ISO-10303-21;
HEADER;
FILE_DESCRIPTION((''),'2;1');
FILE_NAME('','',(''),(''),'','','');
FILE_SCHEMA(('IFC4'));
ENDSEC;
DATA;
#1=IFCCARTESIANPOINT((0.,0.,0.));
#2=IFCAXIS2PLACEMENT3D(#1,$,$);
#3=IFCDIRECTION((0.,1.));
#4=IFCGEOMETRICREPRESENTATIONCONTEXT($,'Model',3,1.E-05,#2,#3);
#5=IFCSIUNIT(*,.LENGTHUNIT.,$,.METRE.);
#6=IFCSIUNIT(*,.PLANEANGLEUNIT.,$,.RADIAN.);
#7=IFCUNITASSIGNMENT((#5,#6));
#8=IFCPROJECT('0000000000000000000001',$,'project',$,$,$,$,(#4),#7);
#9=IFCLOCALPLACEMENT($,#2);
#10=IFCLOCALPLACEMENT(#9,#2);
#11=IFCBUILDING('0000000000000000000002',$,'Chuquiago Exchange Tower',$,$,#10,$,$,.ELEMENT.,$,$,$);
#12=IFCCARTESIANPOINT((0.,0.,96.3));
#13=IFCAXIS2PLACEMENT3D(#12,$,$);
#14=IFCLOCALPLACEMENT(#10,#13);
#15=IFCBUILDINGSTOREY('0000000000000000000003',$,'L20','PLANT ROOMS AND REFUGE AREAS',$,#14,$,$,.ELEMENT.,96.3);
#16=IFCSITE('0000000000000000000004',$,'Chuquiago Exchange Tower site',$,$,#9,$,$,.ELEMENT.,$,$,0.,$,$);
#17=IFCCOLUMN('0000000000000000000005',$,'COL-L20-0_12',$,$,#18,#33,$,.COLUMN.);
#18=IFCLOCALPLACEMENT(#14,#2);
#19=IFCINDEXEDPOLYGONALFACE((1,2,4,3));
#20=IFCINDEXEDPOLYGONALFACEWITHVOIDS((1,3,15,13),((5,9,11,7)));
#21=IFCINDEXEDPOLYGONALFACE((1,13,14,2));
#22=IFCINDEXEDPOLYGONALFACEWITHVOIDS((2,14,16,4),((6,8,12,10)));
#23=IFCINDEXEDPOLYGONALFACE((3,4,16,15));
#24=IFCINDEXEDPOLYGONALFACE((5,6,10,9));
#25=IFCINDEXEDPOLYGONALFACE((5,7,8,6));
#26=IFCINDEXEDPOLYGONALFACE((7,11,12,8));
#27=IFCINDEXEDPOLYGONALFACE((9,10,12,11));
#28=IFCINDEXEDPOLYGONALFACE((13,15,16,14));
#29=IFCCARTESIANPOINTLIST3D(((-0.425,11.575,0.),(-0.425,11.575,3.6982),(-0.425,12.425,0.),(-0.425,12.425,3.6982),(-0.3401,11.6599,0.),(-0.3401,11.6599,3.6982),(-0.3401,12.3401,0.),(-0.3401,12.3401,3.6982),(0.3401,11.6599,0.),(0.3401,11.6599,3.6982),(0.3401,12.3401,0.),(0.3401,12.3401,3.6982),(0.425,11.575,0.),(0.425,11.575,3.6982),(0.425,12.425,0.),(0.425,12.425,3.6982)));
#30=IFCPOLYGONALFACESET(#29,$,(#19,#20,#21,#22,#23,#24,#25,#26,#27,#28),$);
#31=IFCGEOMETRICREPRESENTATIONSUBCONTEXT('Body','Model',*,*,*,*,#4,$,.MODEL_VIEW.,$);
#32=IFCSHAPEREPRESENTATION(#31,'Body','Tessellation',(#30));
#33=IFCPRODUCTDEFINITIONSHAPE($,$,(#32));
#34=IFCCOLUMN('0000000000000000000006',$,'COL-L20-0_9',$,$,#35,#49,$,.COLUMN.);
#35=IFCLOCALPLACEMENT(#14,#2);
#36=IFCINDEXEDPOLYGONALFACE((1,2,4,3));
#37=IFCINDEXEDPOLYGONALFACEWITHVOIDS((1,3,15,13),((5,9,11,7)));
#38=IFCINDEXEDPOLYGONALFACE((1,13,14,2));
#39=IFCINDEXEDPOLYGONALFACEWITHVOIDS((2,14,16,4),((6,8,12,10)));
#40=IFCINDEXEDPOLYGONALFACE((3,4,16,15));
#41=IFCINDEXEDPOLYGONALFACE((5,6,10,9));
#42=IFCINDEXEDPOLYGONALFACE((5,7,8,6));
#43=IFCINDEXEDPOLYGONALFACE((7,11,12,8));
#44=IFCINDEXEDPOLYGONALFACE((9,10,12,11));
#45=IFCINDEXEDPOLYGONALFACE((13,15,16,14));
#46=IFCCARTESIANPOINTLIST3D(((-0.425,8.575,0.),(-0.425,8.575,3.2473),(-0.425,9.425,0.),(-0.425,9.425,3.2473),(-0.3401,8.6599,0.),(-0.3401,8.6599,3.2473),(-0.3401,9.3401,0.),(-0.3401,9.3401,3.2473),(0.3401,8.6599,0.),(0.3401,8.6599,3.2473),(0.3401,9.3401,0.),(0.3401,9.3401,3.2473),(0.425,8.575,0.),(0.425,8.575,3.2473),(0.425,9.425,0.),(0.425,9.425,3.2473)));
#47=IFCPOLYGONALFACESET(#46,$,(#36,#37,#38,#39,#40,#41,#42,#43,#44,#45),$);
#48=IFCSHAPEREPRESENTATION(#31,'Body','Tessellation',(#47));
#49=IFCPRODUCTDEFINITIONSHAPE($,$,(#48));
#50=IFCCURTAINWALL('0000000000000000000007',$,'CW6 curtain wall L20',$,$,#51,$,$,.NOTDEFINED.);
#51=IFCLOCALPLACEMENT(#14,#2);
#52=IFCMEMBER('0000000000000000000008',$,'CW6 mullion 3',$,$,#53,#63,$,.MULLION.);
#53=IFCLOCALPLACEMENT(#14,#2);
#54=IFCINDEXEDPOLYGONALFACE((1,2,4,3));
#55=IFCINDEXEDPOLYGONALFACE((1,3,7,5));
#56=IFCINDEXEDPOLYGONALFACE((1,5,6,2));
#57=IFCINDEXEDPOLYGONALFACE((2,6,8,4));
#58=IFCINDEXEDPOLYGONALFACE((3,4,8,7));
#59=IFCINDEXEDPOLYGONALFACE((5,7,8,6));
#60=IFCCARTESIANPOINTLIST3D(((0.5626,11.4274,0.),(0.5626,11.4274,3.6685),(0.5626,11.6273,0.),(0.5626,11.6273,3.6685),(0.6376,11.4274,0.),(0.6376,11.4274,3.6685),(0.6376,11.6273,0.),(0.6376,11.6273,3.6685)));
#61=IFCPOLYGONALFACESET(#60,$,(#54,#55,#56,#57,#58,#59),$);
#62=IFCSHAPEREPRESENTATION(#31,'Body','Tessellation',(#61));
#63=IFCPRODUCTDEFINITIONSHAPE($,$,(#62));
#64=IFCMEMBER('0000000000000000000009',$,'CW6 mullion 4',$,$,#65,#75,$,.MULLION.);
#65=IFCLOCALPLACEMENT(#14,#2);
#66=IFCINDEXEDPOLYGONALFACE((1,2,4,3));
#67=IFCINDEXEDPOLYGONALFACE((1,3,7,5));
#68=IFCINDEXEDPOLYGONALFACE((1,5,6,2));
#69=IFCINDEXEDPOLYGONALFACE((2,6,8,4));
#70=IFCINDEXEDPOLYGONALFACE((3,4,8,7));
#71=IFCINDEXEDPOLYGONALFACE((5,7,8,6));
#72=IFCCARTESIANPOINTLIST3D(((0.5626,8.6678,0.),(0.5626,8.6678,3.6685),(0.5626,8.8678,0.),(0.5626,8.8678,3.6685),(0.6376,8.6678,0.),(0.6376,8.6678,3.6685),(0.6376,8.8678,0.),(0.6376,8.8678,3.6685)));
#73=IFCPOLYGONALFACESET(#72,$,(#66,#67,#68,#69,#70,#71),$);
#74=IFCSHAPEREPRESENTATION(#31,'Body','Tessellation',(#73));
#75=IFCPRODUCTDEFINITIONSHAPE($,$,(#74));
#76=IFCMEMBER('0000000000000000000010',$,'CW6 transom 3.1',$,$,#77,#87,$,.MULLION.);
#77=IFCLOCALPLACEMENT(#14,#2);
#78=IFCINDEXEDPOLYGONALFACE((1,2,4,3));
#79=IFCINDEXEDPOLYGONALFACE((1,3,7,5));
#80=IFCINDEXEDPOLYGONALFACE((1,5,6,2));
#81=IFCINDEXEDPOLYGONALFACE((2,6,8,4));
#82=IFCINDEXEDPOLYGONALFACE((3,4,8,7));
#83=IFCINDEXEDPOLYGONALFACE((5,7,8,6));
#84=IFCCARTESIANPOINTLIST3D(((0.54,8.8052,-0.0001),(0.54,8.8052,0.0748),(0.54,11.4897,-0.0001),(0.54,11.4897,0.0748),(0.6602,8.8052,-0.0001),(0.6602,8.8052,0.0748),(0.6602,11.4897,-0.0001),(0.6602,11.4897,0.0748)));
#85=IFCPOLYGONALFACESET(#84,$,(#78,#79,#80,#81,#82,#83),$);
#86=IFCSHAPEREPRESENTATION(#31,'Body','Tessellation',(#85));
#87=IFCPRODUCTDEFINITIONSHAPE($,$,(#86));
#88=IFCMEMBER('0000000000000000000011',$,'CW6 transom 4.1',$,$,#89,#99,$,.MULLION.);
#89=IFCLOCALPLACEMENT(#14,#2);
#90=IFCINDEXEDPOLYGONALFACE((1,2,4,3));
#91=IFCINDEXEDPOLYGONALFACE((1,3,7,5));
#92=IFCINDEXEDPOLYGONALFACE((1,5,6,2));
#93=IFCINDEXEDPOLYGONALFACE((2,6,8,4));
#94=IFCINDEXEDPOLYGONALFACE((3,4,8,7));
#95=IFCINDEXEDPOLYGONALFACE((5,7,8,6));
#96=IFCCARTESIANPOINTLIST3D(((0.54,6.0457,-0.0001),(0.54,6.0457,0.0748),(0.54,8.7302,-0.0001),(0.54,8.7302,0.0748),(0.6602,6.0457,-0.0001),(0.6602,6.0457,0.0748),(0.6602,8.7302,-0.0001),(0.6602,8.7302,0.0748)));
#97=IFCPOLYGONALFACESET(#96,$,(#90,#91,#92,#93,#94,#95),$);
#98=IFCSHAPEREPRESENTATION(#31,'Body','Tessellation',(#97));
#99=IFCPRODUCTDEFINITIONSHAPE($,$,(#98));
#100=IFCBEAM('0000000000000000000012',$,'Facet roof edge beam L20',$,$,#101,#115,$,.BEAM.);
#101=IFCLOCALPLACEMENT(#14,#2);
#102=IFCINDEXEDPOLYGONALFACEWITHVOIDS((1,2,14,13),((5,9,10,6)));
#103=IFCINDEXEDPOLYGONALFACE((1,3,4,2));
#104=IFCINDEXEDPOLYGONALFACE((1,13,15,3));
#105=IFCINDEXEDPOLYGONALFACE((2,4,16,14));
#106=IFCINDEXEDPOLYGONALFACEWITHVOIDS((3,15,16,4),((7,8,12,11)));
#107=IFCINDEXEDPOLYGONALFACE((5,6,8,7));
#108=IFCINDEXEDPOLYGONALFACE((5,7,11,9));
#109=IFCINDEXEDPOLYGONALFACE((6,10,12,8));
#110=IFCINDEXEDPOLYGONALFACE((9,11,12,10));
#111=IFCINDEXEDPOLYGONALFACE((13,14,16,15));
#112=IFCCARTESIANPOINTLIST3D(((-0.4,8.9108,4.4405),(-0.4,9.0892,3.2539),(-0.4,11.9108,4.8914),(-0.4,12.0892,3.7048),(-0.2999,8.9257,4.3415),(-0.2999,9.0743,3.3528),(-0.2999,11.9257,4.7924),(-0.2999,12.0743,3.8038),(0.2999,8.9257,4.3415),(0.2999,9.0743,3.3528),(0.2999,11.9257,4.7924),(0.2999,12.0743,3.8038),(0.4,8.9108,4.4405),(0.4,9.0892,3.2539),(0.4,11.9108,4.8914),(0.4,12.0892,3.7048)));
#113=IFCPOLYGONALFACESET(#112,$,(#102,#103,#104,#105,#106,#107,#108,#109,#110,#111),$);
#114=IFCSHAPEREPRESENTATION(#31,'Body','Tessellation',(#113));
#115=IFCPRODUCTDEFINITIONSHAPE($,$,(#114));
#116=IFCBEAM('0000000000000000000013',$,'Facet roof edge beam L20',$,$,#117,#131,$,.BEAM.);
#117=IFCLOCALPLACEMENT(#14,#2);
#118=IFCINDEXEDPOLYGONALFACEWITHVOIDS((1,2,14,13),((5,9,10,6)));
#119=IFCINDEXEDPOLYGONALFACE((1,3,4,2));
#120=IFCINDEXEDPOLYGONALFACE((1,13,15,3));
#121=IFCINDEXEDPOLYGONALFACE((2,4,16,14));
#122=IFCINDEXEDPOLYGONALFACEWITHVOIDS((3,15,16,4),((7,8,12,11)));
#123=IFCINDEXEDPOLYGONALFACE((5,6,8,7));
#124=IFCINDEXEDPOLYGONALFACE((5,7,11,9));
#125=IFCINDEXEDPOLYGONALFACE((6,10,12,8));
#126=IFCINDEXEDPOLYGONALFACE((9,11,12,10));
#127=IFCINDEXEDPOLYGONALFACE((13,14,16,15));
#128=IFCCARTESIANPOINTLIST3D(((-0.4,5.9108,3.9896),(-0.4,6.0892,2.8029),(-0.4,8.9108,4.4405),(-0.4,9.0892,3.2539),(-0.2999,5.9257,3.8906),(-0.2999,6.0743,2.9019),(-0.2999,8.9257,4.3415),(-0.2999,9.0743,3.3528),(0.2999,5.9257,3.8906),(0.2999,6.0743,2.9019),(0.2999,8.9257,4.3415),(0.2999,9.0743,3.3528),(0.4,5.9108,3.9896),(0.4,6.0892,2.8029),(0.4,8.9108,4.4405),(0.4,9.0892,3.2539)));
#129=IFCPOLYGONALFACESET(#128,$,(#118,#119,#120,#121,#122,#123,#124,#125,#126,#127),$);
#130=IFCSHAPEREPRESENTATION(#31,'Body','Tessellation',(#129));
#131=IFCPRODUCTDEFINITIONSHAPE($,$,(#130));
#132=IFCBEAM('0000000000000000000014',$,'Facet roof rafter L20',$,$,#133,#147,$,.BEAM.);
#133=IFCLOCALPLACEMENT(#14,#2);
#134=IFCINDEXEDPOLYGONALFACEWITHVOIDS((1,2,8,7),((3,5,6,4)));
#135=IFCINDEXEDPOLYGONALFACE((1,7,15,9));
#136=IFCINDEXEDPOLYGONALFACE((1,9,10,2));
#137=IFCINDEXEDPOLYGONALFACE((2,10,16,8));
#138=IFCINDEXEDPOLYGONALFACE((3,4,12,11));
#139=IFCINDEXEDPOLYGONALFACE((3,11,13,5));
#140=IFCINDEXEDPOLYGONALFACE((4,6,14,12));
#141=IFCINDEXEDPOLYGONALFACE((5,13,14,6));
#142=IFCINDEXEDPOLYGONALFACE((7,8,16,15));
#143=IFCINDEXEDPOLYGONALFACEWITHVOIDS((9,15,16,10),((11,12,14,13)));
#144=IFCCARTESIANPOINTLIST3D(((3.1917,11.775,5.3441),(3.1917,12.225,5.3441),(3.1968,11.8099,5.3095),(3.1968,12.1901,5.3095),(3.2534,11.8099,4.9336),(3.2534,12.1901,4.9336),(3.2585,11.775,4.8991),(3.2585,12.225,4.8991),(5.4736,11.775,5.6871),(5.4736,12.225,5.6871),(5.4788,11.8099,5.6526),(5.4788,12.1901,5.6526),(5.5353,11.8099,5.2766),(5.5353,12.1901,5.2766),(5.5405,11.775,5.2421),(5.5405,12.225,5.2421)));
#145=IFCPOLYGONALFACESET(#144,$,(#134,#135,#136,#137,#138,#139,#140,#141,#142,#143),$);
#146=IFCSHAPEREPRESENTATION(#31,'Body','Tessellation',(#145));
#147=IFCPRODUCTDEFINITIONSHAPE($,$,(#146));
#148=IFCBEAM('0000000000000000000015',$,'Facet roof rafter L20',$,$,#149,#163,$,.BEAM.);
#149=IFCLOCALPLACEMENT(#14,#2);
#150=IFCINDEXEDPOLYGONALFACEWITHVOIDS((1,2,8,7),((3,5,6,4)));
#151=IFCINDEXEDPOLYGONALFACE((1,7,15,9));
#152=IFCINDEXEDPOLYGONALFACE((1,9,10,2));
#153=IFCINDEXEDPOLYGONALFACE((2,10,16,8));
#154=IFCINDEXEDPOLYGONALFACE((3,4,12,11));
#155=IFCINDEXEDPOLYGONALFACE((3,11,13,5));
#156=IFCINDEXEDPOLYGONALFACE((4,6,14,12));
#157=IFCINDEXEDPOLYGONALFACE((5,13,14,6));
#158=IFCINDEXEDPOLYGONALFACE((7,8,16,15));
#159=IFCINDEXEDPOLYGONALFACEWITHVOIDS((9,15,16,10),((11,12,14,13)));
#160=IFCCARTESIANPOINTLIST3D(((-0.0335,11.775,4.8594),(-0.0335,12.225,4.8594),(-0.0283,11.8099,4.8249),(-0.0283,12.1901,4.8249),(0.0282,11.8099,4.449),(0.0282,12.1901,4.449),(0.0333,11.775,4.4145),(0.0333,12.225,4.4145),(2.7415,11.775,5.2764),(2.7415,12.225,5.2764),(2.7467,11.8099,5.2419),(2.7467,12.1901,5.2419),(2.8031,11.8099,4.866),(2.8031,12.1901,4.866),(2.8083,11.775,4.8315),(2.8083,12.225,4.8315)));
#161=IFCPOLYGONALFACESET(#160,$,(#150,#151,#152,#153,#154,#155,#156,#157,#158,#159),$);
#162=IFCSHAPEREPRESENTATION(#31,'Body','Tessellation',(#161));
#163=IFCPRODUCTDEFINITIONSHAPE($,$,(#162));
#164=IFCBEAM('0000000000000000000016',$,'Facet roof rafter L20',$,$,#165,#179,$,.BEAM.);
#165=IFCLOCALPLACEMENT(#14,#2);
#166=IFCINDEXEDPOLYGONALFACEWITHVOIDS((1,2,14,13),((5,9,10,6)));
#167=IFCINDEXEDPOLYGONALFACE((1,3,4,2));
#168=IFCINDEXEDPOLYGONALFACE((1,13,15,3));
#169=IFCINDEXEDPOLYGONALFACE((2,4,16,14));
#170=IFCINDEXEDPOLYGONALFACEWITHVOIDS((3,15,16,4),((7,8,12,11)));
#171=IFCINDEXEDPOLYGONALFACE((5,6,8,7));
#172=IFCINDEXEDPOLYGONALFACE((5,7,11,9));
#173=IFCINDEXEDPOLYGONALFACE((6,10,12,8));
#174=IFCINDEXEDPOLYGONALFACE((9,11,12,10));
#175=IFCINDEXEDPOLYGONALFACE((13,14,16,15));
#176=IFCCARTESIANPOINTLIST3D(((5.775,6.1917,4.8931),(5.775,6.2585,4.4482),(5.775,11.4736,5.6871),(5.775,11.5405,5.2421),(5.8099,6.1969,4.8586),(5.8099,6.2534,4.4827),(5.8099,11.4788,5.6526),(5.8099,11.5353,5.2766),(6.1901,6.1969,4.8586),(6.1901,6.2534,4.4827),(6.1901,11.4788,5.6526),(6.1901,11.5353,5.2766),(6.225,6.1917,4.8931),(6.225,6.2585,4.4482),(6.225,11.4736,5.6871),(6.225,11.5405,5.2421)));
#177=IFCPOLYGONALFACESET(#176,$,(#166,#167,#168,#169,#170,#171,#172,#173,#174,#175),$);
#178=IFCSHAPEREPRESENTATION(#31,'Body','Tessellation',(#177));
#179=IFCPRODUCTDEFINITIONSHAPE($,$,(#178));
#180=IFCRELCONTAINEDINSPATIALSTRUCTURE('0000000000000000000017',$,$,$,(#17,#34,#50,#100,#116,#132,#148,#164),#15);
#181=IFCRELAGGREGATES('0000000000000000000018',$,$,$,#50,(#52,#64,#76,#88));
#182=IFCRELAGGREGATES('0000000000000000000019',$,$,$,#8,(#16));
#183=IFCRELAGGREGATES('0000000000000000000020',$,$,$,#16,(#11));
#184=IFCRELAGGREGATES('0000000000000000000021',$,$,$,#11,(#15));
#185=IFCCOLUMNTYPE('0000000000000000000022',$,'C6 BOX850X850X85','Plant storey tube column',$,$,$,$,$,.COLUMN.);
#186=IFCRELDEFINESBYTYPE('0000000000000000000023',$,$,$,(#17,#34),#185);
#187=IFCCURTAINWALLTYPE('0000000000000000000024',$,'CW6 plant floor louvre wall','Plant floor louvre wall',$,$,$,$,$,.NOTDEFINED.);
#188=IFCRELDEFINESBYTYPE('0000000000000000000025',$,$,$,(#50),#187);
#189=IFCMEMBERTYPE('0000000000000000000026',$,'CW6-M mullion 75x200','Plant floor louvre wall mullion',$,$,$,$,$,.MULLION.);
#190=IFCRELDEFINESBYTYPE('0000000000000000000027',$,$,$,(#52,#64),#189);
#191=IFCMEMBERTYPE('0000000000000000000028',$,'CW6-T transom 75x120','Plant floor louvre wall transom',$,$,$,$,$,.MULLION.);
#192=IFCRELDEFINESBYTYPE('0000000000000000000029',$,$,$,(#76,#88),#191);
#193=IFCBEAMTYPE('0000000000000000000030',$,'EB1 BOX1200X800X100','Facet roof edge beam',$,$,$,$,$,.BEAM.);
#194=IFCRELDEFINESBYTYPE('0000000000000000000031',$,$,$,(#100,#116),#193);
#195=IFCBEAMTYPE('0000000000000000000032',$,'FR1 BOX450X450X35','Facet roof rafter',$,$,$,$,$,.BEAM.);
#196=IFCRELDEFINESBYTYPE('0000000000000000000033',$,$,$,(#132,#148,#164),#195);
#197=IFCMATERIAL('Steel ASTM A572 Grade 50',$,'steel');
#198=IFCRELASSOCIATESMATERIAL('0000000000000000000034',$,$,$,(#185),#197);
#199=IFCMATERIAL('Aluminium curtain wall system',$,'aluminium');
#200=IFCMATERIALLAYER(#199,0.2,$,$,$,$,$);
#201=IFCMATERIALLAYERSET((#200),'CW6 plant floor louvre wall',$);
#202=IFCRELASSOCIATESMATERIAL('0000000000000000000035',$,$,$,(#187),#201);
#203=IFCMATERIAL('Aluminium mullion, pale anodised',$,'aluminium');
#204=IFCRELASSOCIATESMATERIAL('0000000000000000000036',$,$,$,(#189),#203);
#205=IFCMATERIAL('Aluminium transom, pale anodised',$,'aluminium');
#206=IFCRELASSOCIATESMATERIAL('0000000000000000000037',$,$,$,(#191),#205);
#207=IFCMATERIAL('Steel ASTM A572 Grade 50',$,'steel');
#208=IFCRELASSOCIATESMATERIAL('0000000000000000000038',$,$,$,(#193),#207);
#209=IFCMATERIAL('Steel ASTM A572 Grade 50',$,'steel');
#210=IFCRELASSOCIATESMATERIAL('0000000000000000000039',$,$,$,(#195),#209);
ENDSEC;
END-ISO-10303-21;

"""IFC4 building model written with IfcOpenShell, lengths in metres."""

from ifc_helpers import new_model, si_unit, direction, frame, origin, origin_2d, place, context, subcontext, project, spatial, rectangle, hollow_rectangle, extrude, material, layer, layer_set, material_profile, profile_set, type_object, element, aggregate, save


model = new_model("IFC4")

# Units and contexts
model_context = context("Model", 3, precision=1e-05, world=origin(), true_north=direction((0.0, 1.0)))
body_context = subcontext(model_context, "Body", "Model", "MODEL_VIEW")
ifc_project = project(units=[si_unit("LENGTHUNIT", "METRE"), si_unit("PLANEANGLEUNIT", "RADIAN")], contexts=[model_context])

# Site, building, storey
site_placement = place(None, origin())
site = spatial("IfcSite", under=ifc_project, at=site_placement, Name="Chuquiago Exchange Tower site", CompositionType="ELEMENT", RefElevation=0.0)
building_placement = place(site_placement, origin())
building = spatial("IfcBuilding", under=site, at=building_placement, Name="Chuquiago Exchange Tower", CompositionType="ELEMENT")
storey_placement = place(building_placement, frame((0.0, 0.0, 96.3)))
storey = spatial("IfcBuildingStorey", under=building, at=storey_placement, Name="L20", Description="PLANT ROOMS AND REFUGE AREAS", CompositionType="ELEMENT", Elevation=96.3)

# Columns
ifc_material_1 = material(Name="Steel ASTM A572 Grade 50", Category="steel")
ifc_material_profile_1 = material_profile(ifc_material_1, hollow_rectangle(XDim=0.8501, YDim=0.8501, WallThickness=0.085, at=origin_2d()), Name="BOX850X850X85")
ifc_profile_set_1 = profile_set([ifc_material_profile_1], Name="Steel ASTM A572 Grade 50")
column_type = type_object("IfcColumnType", Name="C6 BOX850X850X85", Description="Plant storey tube column", PredefinedType="COLUMN", material=ifc_profile_set_1)
column_1_placement = place(storey_placement, frame((0.0, 12.0, 0.0), z_axis=(0.0, 0.0, 1.0), x_axis=(-1.0, 0.0, 0.0)))
element("IfcColumn", 1, at=column_1_placement, inside=storey, type_object=column_type, Name="COL-L20-0_12", PredefinedType="COLUMN", context=body_context, shape_type="SweptSolid", body=[
    extrude(hollow_rectangle(XDim=0.8501, YDim=0.8501, WallThickness=0.085, at=origin_2d()), origin(), (0.0, 0.0, 1.0), 3.6982),
])
column_2_placement = place(storey_placement, frame((0.0, 9.0, 0.0), z_axis=(0.0, 0.0, 1.0), x_axis=(-1.0, 0.0, 0.0)))
element("IfcColumn", 2, at=column_2_placement, inside=storey, type_object=column_type, Name="COL-L20-0_9", PredefinedType="COLUMN", context=body_context, shape_type="SweptSolid", body=[
    extrude(hollow_rectangle(XDim=0.8501, YDim=0.8501, WallThickness=0.085, at=origin_2d()), origin(), (0.0, 0.0, 1.0), 3.2473),
])

# Curtain wall, members
ifc_material_2 = material(Name="Aluminium curtain wall system", Category="aluminium")
ifc_layer_1 = layer(ifc_material_2, 0.2)
ifc_layer_set_1 = layer_set([ifc_layer_1], Name="CW6 plant floor louvre wall")
curtain_wall_type = type_object("IfcCurtainWallType", Name="CW6 plant floor louvre wall", Description="Plant floor louvre wall", PredefinedType="NOTDEFINED", material=ifc_layer_set_1)
curtain_wall_placement = place(storey_placement, origin())
curtain_wall = element("IfcCurtainWall", 3, at=curtain_wall_placement, inside=storey, type_object=curtain_wall_type, Name="CW6 curtain wall L20", PredefinedType="NOTDEFINED")
ifc_material_3 = material(Name="Aluminium mullion, pale anodised", Category="aluminium")
ifc_material_profile_2 = material_profile(ifc_material_3, rectangle(XDim=0.075, YDim=0.2, at=origin_2d()), Name="AL 75x200")
ifc_profile_set_2 = profile_set([ifc_material_profile_2], Name="Aluminium mullion, pale anodised")
member_type_1 = type_object("IfcMemberType", Name="CW6-M mullion 75x200", Description="Plant floor louvre wall mullion", PredefinedType="MULLION", material=ifc_profile_set_2)
member_1_placement = place(storey_placement, frame((0.6001, 11.5273, 0.0), z_axis=(0.0, 0.0, 1.0), x_axis=(1.0, 0.0, 0.0)))
member_1 = element("IfcMember", 4, at=member_1_placement, type_object=member_type_1, Name="CW6 mullion 3", PredefinedType="MULLION", context=body_context, shape_type="SweptSolid", body=[
    extrude(rectangle(XDim=0.075, YDim=0.2, at=origin_2d()), origin(), (0.0, 0.0, 1.0), 3.6685),
])
member_2_placement = place(storey_placement, frame((0.6001, 8.7678, 0.0), z_axis=(0.0, 0.0, 1.0), x_axis=(1.0, 0.0, 0.0)))
member_2 = element("IfcMember", 5, at=member_2_placement, type_object=member_type_1, Name="CW6 mullion 4", PredefinedType="MULLION", context=body_context, shape_type="SweptSolid", body=[
    extrude(rectangle(XDim=0.075, YDim=0.2, at=origin_2d()), origin(), (0.0, 0.0, 1.0), 3.6685),
])
ifc_material_4 = material(Name="Aluminium transom, pale anodised", Category="aluminium")
ifc_material_profile_3 = material_profile(ifc_material_4, rectangle(XDim=0.1201, YDim=0.075, at=origin_2d()), Name="AL 120x75")
ifc_profile_set_3 = profile_set([ifc_material_profile_3], Name="Aluminium transom, pale anodised")
member_type_2 = type_object("IfcMemberType", Name="CW6-T transom 75x120", Description="Plant floor louvre wall transom", PredefinedType="MULLION", material=ifc_profile_set_3)
member_3_placement = place(storey_placement, frame((0.6001, 11.4897, 0.0374), z_axis=(0.0, -1.0, 0.0), x_axis=(1.0, 0.0, 0.0)))
member_3 = element("IfcMember", 6, at=member_3_placement, type_object=member_type_2, Name="CW6 transom 3.1", PredefinedType="MULLION", context=body_context, shape_type="SweptSolid", body=[
    extrude(rectangle(XDim=0.1201, YDim=0.075, at=origin_2d()), origin(), (0.0, 0.0, 1.0), 2.6846),
])
member_4_placement = place(storey_placement, frame((0.6001, 8.7302, 0.0374), z_axis=(0.0, -1.0, 0.0), x_axis=(1.0, 0.0, 0.0)))
member_4 = element("IfcMember", 7, at=member_4_placement, type_object=member_type_2, Name="CW6 transom 4.1", PredefinedType="MULLION", context=body_context, shape_type="SweptSolid", body=[
    extrude(rectangle(XDim=0.1201, YDim=0.075, at=origin_2d()), origin(), (0.0, 0.0, 1.0), 2.6846),
])

# Beams
ifc_material_5 = material(Name="Steel ASTM A572 Grade 50", Category="steel")
ifc_material_profile_4 = material_profile(ifc_material_5, hollow_rectangle(XDim=0.8, YDim=1.2, WallThickness=0.1001, at=origin_2d()), Name="BOX1200X800X100")
ifc_profile_set_4 = profile_set([ifc_material_profile_4], Name="Steel ASTM A572 Grade 50")
beam_type_1 = type_object("IfcBeamType", Name="EB1 BOX1200X800X100", Description="Facet roof edge beam", PredefinedType="BEAM", material=ifc_profile_set_4)
for number, where, z_axis, x_axis, name in (
    (8, (0.0, 12.0, 4.2981), (0.0, -0.988891, -0.14864), (1.0, 0.0, 0.0), "Facet roof edge beam L20"),
    (9, (0.0, 9.0, 3.8472), (0.0, -0.988891, -0.14864), (1.0, 0.0, 0.0), "Facet roof edge beam L20"),
):
    element("IfcBeam", number, at=place(storey_placement, frame(where, z_axis=z_axis, x_axis=x_axis)), inside=storey, type_object=beam_type_1, Name=name, PredefinedType="BEAM", context=body_context, shape_type="SweptSolid", body=[
        extrude(hollow_rectangle(XDim=0.8, YDim=1.2, WallThickness=0.1001, at=origin_2d()), origin(), (0.0, 0.0, 1.0), 3.0337),
    ])
ifc_material_6 = material(Name="Steel ASTM A572 Grade 50", Category="steel")
ifc_material_profile_5 = material_profile(ifc_material_6, hollow_rectangle(XDim=0.45, YDim=0.45, WallThickness=0.0349, at=origin_2d()), Name="BOX450X450X35")
ifc_profile_set_5 = profile_set([ifc_material_profile_5], Name="Steel ASTM A572 Grade 50")
beam_type_2 = type_object("IfcBeamType", Name="FR1 BOX450X450X35", Description="Facet roof rafter", PredefinedType="BEAM", material=ifc_profile_set_5)
beam_1_placement = place(storey_placement, frame((5.5071, 12.0, 5.4646), z_axis=(-0.988891, 0.0, -0.148646), x_axis=(0.0, -1.0, 0.0)))
element("IfcBeam", 10, at=beam_1_placement, inside=storey, type_object=beam_type_2, Name="Facet roof rafter L20", PredefinedType="BEAM", context=body_context, shape_type="SweptSolid", body=[
    extrude(hollow_rectangle(XDim=0.45, YDim=0.45, WallThickness=0.0349, at=origin_2d()), origin(), (0.0, 0.0, 1.0), 2.3076),
])
beam_2_placement = place(storey_placement, frame((2.7749, 12.0, 5.054), z_axis=(-0.988897, 0.0, -0.148604), x_axis=(0.0, -1.0, 0.0)))
element("IfcBeam", 11, at=beam_2_placement, inside=storey, type_object=beam_type_2, Name="Facet roof rafter L20", PredefinedType="BEAM", context=body_context, shape_type="SweptSolid", body=[
    extrude(hollow_rectangle(XDim=0.45, YDim=0.45, WallThickness=0.0349, at=origin_2d()), origin(), (0.0, 0.0, 1.0), 2.8062),
])
beam_3_placement = place(storey_placement, frame((6.0, 11.5071, 5.4646), z_axis=(0.0, -0.988891, -0.148642), x_axis=(1.0, 0.0, 0.0)))
element("IfcBeam", 12, at=beam_3_placement, inside=storey, type_object=beam_type_2, Name="Facet roof rafter L20", PredefinedType="BEAM", context=body_context, shape_type="SweptSolid", body=[
    extrude(hollow_rectangle(XDim=0.45, YDim=0.45, WallThickness=0.0349, at=origin_2d()), origin(), (0.0, 0.0, 1.0), 5.3413),
])

aggregate(curtain_wall, [member_1, member_2, member_3, member_4])

save(model, "model.ifc")
